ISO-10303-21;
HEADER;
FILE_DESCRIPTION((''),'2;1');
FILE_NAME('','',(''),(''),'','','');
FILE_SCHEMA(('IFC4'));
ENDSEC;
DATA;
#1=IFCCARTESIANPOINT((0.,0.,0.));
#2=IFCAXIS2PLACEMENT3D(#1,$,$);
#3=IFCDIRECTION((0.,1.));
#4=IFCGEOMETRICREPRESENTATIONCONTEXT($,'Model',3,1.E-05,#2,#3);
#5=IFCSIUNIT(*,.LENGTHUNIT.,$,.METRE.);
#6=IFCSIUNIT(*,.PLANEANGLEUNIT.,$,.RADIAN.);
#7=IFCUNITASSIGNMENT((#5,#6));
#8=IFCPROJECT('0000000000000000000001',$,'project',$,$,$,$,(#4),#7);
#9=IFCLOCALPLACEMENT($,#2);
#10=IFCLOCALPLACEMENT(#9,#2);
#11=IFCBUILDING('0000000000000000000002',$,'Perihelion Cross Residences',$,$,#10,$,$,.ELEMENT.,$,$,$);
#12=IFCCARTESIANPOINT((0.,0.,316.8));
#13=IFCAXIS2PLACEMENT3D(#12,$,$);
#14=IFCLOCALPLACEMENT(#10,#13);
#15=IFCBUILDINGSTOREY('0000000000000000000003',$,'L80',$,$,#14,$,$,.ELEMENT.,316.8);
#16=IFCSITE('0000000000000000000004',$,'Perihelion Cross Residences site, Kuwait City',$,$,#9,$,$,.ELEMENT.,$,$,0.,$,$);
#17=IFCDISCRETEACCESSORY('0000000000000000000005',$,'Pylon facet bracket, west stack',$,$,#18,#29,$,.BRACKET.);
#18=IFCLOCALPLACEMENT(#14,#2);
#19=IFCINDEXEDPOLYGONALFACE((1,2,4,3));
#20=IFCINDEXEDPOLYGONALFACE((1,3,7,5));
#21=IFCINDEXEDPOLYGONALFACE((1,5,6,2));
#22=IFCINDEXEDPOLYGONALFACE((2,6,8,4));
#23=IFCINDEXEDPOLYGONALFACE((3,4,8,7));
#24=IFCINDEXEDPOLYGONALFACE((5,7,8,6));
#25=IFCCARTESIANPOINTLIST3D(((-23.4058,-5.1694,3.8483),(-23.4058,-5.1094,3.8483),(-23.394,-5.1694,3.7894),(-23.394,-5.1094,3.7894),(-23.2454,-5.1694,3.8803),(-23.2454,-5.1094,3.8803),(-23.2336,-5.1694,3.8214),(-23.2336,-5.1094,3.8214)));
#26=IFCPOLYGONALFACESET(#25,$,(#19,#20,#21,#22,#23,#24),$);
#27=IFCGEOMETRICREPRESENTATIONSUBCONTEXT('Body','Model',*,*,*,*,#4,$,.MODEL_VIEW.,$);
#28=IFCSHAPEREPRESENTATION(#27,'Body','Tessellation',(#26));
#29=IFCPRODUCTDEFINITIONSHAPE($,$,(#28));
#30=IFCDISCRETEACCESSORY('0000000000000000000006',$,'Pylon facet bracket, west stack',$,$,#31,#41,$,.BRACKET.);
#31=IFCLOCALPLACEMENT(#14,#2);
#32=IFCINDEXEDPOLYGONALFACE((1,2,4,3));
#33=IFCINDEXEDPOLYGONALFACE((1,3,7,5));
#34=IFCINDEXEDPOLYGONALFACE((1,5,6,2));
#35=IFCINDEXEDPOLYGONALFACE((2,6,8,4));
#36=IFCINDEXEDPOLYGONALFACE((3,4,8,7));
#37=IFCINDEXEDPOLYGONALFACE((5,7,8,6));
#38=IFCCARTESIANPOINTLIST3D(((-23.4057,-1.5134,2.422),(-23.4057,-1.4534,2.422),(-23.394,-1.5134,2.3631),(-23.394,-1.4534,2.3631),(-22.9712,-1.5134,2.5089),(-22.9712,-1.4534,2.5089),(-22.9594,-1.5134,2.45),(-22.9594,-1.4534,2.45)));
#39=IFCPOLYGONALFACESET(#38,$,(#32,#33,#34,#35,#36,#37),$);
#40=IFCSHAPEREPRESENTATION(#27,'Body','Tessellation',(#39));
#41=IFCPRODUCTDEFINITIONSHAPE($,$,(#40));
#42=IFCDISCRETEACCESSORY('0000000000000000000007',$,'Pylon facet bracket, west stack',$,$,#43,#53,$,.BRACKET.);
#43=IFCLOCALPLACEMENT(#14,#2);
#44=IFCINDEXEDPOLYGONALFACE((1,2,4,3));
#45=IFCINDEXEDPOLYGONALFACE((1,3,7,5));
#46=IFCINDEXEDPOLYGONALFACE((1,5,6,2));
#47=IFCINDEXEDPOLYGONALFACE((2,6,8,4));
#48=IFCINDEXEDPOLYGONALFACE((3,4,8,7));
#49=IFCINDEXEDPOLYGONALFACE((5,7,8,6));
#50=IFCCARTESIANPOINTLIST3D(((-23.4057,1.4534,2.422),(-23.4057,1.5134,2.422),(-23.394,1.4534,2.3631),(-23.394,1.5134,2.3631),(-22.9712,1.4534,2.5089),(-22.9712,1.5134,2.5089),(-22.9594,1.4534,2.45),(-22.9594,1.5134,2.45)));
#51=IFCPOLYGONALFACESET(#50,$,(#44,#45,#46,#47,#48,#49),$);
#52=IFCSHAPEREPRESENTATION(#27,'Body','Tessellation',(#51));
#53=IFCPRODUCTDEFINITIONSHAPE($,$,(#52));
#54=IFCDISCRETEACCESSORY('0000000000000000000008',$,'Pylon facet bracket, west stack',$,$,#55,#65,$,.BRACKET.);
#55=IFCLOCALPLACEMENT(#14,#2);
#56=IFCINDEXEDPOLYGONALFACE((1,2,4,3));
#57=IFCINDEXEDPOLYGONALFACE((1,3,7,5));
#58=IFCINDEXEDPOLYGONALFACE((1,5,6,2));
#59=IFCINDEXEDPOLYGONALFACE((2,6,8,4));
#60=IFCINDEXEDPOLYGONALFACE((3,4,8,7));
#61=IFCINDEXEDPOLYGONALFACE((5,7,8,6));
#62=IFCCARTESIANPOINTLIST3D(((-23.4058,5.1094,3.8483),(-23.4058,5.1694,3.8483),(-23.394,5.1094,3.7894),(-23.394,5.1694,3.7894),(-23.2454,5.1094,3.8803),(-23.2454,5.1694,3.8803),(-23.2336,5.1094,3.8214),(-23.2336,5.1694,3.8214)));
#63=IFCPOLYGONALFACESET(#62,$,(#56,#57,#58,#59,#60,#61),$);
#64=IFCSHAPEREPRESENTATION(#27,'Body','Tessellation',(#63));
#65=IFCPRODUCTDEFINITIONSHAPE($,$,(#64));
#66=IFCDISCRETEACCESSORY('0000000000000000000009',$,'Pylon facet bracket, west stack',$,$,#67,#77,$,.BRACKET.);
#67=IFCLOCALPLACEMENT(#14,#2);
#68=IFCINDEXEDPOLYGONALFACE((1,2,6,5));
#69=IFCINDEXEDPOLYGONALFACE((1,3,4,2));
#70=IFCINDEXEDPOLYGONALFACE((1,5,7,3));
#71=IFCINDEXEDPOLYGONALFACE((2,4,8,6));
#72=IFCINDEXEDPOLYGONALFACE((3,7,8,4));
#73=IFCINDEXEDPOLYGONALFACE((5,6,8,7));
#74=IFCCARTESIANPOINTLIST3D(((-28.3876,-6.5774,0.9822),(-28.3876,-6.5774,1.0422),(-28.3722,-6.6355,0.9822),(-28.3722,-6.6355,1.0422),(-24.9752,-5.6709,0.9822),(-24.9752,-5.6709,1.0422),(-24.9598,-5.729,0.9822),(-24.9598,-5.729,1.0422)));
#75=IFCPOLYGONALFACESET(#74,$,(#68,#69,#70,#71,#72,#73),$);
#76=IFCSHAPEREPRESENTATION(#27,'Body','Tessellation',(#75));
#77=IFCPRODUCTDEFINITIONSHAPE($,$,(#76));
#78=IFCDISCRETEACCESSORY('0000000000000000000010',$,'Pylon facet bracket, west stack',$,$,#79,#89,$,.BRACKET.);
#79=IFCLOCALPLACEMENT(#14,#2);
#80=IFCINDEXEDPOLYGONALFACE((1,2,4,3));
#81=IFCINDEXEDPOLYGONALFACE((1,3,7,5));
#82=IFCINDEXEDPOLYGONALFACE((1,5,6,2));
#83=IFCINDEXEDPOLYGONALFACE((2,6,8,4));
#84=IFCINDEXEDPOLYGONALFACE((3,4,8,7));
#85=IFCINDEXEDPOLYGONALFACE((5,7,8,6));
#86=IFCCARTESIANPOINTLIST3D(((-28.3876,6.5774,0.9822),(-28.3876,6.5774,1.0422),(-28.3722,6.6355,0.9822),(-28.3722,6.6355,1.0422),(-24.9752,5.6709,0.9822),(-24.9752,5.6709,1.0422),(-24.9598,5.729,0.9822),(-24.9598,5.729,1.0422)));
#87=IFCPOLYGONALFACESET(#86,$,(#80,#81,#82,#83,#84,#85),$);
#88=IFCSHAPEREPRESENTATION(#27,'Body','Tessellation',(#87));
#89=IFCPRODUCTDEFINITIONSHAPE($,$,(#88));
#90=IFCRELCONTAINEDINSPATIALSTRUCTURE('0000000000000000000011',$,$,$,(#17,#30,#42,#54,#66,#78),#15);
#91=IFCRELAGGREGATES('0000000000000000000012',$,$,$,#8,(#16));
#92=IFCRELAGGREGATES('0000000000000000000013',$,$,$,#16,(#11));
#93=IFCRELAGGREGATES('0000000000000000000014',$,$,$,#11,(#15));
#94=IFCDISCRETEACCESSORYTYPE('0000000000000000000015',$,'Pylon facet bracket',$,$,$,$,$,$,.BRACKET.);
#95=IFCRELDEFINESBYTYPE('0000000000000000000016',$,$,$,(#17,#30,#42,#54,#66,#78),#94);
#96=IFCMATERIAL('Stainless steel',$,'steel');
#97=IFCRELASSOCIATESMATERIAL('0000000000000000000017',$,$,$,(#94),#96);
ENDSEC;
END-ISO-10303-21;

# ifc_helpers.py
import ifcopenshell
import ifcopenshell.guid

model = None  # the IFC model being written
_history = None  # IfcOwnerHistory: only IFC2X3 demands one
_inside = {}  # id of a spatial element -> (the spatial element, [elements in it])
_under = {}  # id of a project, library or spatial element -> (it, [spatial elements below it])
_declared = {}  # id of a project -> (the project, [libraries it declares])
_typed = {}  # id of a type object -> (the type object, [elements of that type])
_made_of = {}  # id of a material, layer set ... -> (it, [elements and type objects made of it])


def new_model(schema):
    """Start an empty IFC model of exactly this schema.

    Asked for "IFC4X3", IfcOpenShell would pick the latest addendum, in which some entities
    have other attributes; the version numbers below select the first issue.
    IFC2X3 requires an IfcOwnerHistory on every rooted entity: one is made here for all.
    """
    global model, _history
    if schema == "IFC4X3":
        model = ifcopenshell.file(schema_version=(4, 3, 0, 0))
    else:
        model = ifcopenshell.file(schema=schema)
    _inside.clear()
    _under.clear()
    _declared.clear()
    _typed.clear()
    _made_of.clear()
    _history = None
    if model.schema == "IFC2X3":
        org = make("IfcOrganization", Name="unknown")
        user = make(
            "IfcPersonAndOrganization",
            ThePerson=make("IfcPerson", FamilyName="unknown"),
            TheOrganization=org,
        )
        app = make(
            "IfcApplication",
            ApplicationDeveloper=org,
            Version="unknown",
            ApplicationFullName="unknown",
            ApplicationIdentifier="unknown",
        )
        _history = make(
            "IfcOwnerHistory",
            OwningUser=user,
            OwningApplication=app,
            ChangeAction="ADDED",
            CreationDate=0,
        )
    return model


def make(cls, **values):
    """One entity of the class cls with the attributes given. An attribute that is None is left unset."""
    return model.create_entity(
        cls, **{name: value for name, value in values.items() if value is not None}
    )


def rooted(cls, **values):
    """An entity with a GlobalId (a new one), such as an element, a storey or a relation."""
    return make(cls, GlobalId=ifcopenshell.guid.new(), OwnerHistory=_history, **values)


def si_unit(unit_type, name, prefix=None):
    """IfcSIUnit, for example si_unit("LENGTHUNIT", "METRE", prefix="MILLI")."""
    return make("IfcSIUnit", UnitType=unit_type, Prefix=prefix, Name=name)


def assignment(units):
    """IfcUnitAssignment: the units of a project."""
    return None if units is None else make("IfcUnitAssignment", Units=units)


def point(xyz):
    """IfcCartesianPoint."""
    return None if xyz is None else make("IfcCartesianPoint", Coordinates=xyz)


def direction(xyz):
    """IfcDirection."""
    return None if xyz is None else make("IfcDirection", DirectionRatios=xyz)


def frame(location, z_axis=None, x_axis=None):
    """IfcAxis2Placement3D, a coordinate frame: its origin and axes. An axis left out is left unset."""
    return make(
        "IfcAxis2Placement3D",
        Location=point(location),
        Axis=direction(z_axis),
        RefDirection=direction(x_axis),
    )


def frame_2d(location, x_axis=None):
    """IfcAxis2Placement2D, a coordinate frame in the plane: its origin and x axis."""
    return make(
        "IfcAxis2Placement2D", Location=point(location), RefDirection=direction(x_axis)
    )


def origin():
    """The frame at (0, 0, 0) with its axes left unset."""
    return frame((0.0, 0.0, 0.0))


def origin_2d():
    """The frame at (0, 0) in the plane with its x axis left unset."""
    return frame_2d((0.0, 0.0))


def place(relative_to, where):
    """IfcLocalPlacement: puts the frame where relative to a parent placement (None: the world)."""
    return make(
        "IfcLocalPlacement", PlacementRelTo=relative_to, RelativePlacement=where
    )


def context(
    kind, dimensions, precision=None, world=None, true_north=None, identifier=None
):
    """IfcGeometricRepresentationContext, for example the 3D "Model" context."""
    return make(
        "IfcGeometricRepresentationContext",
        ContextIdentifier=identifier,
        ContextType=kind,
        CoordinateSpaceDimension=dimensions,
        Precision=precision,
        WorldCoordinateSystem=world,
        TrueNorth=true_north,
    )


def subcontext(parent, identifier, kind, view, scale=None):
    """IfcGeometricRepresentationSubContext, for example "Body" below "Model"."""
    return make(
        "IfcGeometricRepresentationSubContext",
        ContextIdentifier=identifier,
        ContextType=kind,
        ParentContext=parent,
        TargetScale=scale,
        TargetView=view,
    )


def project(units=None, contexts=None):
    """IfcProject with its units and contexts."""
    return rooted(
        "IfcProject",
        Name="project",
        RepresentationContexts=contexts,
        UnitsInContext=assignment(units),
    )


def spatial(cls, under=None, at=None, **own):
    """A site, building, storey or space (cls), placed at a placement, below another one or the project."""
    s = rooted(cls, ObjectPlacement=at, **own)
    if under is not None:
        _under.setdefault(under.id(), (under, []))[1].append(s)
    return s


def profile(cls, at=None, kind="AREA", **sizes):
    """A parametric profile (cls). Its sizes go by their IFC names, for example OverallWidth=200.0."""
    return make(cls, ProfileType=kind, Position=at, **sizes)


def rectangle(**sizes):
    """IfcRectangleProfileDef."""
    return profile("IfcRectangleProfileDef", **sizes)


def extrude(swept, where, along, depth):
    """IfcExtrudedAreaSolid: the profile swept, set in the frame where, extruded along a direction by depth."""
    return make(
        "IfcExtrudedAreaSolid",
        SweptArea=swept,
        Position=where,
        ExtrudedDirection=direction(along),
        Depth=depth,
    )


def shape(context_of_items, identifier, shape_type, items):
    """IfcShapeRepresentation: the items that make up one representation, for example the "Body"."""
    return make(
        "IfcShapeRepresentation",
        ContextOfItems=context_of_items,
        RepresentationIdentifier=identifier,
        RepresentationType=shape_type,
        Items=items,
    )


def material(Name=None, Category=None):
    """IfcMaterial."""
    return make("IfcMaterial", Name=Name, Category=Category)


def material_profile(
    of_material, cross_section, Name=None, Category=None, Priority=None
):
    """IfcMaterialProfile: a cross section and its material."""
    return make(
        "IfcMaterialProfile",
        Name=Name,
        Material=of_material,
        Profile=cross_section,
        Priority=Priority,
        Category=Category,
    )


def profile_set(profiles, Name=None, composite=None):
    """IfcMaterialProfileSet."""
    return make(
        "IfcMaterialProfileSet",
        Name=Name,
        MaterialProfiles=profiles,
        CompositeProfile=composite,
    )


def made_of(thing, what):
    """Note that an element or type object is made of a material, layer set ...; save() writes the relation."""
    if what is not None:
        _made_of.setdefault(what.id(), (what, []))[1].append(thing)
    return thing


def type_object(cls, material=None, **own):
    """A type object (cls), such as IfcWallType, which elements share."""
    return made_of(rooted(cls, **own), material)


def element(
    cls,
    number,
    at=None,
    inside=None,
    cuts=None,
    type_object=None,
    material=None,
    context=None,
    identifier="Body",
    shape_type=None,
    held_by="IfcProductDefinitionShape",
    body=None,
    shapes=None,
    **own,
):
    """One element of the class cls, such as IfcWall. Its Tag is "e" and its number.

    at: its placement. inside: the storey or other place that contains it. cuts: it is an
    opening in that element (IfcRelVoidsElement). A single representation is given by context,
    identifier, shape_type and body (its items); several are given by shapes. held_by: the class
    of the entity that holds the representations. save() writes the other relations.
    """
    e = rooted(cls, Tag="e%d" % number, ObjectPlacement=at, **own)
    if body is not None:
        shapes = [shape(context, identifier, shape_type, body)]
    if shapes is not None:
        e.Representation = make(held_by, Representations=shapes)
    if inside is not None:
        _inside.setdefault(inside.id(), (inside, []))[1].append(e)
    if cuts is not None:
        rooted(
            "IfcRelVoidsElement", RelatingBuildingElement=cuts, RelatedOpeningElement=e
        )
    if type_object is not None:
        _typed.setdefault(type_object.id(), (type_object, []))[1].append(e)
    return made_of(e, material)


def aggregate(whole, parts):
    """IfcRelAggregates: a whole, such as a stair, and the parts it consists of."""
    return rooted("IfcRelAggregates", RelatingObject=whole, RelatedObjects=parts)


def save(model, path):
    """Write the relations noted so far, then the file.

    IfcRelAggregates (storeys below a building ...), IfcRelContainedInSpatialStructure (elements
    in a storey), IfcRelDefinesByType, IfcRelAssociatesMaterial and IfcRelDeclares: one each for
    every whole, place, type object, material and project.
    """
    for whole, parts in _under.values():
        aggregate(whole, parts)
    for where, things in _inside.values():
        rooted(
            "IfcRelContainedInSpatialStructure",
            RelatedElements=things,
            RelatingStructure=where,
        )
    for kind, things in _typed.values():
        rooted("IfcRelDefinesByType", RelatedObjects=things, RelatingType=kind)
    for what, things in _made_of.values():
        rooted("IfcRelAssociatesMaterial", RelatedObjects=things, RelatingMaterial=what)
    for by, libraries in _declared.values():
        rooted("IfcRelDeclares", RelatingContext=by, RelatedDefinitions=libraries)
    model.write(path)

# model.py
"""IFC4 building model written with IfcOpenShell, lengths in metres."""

from ifc_helpers import new_model, si_unit, direction, frame, origin, origin_2d, place, context, subcontext, project, spatial, rectangle, extrude, material, material_profile, profile_set, type_object, element, save


model = new_model("IFC4")

# Units and contexts
model_context = context("Model", 3, precision=1e-05, world=origin(), true_north=direction((0.0, 1.0)))
body_context = subcontext(model_context, "Body", "Model", "MODEL_VIEW")
ifc_project = project(units=[si_unit("LENGTHUNIT", "METRE"), si_unit("PLANEANGLEUNIT", "RADIAN")], contexts=[model_context])

# Site, building, storey
site_placement = place(None, origin())
site = spatial("IfcSite", under=ifc_project, at=site_placement, Name="Perihelion Cross Residences site, Kuwait City", CompositionType="ELEMENT", RefElevation=0.0)
building_placement = place(site_placement, origin())
building = spatial("IfcBuilding", under=site, at=building_placement, Name="Perihelion Cross Residences", CompositionType="ELEMENT")
storey_placement = place(building_placement, frame((0.0, 0.0, 316.8)))
storey = spatial("IfcBuildingStorey", under=building, at=storey_placement, Name="L80", CompositionType="ELEMENT", Elevation=316.8)

# Discrete accessories
ifc_material_1 = material(Name="Stainless steel", Category="steel")
ifc_material_profile_1 = material_profile(ifc_material_1, rectangle(XDim=0.0601, YDim=0.0601, at=origin_2d()), Name="Pylon facet bracket")
ifc_profile_set_1 = profile_set([ifc_material_profile_1], Name="Stainless steel")
discrete_accessory_type_1 = type_object("IfcDiscreteAccessoryType", Name="Pylon facet bracket", PredefinedType="BRACKET", material=ifc_profile_set_1)
discrete_accessory_1_placement = place(storey_placement, frame((-23.2395, -5.1394, 3.8508), z_axis=(-0.980695, 0.0, -0.195542), x_axis=(0.0, -1.0, 0.0)))
element("IfcDiscreteAccessory", 1, at=discrete_accessory_1_placement, inside=storey, type_object=discrete_accessory_type_1, Name="Pylon facet bracket, west stack", PredefinedType="BRACKET", context=body_context, shape_type="SweptSolid", body=[
    extrude(rectangle(XDim=0.0601, YDim=0.0601, at=origin_2d()), origin(), (0.0, 0.0, 1.0), 0.1636),
])
for number, where, z_axis, x_axis, name in (
    (2, (-22.9653, -1.4834, 2.4795), (-0.980581, 0.0, -0.196116), (0.0, -1.0, 0.0), "Pylon facet bracket, west stack"),
    (3, (-22.9653, 1.4834, 2.4795), (-0.980581, 0.0, -0.196116), (0.0, -1.0, 0.0), "Pylon facet bracket, west stack"),
):
    element("IfcDiscreteAccessory", number, at=place(storey_placement, frame(where, z_axis=z_axis, x_axis=x_axis)), inside=storey, type_object=discrete_accessory_type_1, Name=name, PredefinedType="BRACKET", context=body_context, shape_type="SweptSolid", body=[
        extrude(rectangle(XDim=0.0601, YDim=0.0601, at=origin_2d()), origin(), (0.0, 0.0, 1.0), 0.4431),
    ])
discrete_accessory_2_placement = place(storey_placement, frame((-23.2395, 5.1394, 3.8508), z_axis=(-0.980695, 0.0, -0.195542), x_axis=(0.0, -1.0, 0.0)))
element("IfcDiscreteAccessory", 4, at=discrete_accessory_2_placement, inside=storey, type_object=discrete_accessory_type_1, Name="Pylon facet bracket, west stack", PredefinedType="BRACKET", context=body_context, shape_type="SweptSolid", body=[
    extrude(rectangle(XDim=0.0601, YDim=0.0601, at=origin_2d()), origin(), (0.0, 0.0, 1.0), 0.1636),
])
for number, where, z_axis, x_axis, name in (
    (5, (-28.3799, -6.6064, 1.0122), (0.966479, 0.256746, 0.0), (-0.256746, 0.966479, 0.0), "Pylon facet bracket, west stack"),
    (6, (-28.3799, 6.6064, 1.0122), (0.966479, -0.256746, 0.0), (0.256746, 0.966479, 0.0), "Pylon facet bracket, west stack"),
):
    element("IfcDiscreteAccessory", number, at=place(storey_placement, frame(where, z_axis=z_axis, x_axis=x_axis)), inside=storey, type_object=discrete_accessory_type_1, Name=name, PredefinedType="BRACKET", context=body_context, shape_type="SweptSolid", body=[
        extrude(rectangle(XDim=0.0601, YDim=0.0601, at=origin_2d()), origin(), (0.0, 0.0, 1.0), 3.5308),
    ])

save(model, "model.ifc")
